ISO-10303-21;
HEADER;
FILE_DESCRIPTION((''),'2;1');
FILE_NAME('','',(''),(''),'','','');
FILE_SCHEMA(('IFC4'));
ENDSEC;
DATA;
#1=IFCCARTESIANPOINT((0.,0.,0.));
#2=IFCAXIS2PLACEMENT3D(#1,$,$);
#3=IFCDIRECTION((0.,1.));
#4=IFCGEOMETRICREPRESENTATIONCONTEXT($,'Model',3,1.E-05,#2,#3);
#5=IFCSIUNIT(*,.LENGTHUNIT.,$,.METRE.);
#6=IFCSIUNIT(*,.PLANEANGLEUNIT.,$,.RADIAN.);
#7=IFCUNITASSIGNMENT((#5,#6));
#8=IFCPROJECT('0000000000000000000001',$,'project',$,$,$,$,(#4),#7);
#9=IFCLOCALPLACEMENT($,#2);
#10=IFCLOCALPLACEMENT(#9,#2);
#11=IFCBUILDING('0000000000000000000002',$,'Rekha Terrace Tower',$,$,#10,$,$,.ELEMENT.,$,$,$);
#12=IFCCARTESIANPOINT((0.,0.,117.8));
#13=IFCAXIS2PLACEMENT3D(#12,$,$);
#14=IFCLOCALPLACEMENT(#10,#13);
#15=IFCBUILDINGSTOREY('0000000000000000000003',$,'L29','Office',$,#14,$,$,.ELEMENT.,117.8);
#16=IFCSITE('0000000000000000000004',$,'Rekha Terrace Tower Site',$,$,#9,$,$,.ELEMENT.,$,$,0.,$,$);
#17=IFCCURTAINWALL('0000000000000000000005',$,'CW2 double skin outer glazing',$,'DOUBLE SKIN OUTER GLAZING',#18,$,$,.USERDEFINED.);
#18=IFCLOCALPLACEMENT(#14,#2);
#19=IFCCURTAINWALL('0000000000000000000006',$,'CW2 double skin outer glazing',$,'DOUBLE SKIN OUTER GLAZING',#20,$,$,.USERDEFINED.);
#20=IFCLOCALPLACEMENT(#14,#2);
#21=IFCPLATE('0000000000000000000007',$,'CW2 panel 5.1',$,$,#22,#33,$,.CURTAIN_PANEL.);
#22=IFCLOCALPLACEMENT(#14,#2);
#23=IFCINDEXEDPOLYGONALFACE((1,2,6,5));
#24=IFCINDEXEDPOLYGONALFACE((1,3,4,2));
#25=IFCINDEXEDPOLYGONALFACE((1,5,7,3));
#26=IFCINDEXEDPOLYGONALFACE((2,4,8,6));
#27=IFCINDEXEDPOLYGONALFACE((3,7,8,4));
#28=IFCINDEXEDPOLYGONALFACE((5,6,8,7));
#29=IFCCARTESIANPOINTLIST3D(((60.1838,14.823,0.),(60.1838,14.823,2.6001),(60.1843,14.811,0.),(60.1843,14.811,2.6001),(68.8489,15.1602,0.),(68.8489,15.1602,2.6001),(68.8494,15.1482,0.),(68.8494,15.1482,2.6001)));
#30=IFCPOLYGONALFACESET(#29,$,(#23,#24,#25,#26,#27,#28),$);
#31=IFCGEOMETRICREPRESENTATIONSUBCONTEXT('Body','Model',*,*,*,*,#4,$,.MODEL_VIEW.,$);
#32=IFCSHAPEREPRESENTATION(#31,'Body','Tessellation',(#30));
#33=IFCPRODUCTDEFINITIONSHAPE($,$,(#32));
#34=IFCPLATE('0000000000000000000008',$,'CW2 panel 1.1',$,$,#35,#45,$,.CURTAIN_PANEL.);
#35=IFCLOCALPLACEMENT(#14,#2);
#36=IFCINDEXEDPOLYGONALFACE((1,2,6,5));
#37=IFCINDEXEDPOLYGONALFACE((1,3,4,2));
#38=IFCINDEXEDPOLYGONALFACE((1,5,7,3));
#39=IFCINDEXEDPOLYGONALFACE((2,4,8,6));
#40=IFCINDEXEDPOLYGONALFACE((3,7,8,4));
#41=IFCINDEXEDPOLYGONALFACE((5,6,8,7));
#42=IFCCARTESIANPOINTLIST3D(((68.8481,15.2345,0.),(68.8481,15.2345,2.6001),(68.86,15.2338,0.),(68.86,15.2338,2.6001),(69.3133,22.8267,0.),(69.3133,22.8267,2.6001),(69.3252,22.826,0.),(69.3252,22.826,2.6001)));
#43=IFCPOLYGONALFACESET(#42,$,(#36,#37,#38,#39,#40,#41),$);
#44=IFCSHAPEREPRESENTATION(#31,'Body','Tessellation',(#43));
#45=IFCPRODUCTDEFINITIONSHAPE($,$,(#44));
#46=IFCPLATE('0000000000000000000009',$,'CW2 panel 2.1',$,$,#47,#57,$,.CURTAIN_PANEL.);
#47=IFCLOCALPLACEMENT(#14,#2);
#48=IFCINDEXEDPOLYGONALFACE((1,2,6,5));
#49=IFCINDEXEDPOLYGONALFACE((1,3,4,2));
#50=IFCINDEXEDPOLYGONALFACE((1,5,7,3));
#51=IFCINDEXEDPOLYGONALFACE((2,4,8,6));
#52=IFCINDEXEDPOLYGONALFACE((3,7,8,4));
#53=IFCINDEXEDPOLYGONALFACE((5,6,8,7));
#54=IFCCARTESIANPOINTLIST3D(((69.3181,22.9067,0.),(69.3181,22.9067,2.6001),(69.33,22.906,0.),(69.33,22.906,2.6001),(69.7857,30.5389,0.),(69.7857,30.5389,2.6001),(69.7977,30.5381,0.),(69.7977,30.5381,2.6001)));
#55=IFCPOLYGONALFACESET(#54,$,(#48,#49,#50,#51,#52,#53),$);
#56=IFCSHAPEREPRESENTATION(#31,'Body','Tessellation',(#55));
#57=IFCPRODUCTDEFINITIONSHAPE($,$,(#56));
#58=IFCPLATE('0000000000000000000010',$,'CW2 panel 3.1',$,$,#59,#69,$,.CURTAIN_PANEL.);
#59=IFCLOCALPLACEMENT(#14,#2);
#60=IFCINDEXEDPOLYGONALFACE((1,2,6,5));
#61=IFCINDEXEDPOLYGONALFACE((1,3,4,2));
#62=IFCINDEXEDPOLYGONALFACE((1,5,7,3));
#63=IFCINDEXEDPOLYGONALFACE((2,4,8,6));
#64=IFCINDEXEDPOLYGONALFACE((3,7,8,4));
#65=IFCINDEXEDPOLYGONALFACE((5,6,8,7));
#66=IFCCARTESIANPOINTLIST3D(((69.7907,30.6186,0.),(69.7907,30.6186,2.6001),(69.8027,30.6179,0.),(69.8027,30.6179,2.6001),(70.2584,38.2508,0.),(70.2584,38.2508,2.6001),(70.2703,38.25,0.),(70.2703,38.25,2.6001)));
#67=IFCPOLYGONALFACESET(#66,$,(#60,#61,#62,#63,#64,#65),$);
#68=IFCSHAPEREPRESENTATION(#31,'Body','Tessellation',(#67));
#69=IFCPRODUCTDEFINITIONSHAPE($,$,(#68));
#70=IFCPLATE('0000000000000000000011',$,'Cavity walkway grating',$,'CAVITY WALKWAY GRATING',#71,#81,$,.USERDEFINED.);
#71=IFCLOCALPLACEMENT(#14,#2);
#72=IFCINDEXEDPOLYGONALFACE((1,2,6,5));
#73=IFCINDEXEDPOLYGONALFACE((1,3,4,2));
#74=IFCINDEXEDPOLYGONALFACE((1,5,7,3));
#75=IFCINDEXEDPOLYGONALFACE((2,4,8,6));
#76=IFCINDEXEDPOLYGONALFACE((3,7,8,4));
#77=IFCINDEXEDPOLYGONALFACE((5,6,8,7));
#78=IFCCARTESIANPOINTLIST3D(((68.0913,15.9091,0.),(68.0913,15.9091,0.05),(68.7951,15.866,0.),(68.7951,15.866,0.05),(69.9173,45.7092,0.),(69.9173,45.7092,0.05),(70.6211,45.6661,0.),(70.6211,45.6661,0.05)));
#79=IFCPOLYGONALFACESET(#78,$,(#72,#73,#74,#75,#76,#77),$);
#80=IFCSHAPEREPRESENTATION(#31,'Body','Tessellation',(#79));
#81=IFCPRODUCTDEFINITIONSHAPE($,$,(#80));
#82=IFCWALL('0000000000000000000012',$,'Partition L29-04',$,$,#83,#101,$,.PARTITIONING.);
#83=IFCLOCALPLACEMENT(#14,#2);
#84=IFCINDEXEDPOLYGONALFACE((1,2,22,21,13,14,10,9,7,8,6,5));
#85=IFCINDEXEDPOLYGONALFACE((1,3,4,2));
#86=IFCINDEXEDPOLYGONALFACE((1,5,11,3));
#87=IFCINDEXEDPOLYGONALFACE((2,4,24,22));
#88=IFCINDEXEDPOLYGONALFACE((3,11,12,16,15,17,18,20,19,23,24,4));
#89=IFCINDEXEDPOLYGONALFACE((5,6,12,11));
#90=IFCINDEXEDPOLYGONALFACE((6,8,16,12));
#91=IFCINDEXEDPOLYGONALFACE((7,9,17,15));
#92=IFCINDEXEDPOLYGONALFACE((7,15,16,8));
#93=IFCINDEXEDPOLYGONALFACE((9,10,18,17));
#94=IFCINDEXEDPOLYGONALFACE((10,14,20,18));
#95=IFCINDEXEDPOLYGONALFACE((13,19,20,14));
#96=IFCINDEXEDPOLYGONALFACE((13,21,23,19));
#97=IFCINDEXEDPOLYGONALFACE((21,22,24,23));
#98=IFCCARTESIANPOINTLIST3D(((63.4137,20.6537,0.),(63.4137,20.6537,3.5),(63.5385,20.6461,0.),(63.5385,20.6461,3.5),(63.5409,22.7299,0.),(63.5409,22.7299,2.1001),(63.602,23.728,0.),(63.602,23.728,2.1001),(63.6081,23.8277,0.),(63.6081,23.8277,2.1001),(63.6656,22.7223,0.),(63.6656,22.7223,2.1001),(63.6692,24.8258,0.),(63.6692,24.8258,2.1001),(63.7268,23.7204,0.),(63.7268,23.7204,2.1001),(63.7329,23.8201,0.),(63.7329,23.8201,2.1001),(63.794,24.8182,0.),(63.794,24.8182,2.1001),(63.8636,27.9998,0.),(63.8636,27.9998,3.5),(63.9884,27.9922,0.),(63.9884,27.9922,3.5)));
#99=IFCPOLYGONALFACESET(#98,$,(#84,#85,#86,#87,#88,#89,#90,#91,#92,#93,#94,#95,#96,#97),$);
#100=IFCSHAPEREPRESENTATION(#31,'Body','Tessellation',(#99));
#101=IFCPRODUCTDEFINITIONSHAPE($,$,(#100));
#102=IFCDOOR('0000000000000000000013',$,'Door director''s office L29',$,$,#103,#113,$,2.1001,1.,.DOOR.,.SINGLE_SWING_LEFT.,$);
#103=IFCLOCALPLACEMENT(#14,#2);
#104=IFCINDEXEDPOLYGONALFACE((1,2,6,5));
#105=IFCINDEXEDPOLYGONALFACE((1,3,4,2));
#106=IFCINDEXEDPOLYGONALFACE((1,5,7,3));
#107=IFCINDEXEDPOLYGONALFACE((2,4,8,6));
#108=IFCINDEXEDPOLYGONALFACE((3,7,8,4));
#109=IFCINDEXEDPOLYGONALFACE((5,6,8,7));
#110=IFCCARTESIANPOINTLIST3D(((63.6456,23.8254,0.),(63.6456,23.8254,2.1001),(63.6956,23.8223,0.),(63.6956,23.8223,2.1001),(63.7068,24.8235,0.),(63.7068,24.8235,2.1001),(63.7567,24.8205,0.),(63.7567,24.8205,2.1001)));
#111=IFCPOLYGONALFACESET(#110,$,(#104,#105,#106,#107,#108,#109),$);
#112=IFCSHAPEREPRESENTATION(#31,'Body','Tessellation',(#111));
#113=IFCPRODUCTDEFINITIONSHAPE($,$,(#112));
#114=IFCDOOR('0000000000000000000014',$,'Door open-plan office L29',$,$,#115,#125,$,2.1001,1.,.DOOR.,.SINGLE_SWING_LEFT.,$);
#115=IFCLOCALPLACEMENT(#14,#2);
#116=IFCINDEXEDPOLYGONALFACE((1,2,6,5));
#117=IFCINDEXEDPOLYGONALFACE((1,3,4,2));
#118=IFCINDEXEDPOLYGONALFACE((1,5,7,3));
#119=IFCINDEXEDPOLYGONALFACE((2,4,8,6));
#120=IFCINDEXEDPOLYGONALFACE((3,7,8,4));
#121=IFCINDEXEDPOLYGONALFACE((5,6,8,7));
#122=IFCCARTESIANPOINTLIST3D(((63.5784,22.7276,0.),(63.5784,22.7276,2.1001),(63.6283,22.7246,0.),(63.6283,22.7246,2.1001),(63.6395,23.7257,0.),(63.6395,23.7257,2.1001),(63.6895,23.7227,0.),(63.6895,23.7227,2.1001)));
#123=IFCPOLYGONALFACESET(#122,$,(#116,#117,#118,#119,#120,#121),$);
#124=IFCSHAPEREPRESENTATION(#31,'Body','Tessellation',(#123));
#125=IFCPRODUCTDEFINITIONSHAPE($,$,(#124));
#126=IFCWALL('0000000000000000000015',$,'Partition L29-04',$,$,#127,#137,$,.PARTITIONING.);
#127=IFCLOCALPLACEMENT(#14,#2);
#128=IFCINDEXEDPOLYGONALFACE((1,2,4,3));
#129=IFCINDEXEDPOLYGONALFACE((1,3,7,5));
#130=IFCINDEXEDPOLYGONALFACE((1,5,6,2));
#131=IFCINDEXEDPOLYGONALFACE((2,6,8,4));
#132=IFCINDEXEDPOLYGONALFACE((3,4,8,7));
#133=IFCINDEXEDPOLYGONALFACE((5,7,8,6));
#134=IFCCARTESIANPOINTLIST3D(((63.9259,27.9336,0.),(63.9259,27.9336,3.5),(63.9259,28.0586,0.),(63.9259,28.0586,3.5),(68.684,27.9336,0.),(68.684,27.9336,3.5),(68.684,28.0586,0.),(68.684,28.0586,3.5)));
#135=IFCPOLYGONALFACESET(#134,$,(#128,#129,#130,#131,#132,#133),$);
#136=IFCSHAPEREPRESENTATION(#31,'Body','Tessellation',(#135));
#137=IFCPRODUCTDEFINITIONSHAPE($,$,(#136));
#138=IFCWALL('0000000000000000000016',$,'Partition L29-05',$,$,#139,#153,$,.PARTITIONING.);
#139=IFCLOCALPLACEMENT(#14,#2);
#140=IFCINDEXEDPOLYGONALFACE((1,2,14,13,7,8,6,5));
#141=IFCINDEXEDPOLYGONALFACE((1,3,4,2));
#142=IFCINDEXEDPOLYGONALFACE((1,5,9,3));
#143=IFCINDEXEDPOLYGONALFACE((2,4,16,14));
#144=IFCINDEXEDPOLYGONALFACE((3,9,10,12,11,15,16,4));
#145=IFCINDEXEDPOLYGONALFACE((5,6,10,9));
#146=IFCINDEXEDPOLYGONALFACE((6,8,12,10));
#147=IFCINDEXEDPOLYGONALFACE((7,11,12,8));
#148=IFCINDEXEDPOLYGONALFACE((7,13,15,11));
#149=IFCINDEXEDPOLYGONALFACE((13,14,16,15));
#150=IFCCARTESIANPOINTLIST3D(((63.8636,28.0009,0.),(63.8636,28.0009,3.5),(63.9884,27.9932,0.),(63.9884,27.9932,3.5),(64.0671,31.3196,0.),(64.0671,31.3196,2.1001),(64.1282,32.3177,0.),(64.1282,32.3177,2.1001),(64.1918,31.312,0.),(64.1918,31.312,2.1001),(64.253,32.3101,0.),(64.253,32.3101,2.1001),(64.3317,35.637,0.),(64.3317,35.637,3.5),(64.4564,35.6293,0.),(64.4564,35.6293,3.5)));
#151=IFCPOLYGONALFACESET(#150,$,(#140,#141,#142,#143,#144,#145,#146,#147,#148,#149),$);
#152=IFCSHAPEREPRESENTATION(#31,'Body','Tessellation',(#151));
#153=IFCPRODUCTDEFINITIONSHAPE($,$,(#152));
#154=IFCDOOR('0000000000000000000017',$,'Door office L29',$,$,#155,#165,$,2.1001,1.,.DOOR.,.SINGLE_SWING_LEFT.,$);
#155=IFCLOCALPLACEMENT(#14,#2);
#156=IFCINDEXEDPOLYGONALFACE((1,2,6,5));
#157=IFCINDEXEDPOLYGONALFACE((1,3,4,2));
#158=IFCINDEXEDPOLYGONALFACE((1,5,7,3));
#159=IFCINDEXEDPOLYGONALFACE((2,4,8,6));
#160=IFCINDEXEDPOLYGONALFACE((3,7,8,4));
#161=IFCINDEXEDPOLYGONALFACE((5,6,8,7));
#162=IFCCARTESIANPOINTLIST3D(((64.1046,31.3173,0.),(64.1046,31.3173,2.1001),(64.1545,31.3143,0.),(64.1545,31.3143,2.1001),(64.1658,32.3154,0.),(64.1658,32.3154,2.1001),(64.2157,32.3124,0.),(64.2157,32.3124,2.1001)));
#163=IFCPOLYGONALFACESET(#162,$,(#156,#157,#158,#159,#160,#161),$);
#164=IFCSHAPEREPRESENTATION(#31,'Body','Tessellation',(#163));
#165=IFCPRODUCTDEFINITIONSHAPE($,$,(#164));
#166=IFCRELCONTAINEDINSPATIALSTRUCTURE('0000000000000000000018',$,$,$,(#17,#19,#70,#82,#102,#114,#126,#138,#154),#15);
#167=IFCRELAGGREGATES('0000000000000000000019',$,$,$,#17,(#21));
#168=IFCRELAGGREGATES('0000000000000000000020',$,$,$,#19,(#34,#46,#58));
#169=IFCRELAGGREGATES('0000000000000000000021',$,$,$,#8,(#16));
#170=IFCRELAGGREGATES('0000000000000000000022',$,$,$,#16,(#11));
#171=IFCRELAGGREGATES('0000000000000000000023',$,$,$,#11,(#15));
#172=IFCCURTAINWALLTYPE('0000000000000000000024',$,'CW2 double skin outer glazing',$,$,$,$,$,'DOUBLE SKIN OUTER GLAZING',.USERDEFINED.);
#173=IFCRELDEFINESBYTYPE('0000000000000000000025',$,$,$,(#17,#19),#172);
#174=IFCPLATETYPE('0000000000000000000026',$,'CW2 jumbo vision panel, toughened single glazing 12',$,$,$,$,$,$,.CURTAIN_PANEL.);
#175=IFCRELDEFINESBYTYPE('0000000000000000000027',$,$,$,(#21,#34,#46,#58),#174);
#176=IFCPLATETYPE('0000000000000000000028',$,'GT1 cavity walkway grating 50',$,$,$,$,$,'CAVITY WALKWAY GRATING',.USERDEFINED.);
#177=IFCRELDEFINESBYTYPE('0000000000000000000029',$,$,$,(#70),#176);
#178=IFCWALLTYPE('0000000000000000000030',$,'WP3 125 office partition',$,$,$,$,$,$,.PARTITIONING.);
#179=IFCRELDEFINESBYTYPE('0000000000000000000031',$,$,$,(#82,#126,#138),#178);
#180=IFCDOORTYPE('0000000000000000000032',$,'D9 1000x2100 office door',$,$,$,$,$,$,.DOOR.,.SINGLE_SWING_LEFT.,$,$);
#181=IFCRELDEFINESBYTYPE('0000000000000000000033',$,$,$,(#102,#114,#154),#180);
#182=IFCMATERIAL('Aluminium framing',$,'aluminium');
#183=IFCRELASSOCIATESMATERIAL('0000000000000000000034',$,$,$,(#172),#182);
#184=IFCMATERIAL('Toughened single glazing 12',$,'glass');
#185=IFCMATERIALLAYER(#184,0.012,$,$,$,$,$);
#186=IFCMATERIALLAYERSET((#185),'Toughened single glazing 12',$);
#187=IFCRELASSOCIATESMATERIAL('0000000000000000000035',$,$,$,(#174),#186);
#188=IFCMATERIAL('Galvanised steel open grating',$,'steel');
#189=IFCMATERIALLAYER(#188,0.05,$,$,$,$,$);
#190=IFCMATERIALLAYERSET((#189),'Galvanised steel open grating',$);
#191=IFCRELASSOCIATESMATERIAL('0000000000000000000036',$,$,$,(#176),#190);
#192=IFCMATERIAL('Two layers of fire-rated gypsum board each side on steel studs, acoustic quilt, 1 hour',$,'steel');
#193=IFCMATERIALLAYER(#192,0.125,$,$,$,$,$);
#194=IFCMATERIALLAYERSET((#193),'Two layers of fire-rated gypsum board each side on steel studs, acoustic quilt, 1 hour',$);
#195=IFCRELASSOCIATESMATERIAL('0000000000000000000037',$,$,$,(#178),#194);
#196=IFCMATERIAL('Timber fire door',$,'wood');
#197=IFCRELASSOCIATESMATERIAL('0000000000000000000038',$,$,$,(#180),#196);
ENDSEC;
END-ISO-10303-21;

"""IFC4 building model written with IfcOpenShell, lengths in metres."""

from ifc_helpers import new_model, si_unit, direction, frame, frame_2d, origin, origin_2d, place, context, subcontext, project, spatial, rectangle, extrude, material, layer, layer_set, type_object, element, fill, aggregate, save


model = new_model("IFC4")

# Units and contexts
model_context = context("Model", 3, precision=1e-05, world=origin(), true_north=direction((0.0, 1.0)))
body_context = subcontext(model_context, "Body", "Model", "MODEL_VIEW")
ifc_project = project(units=[si_unit("LENGTHUNIT", "METRE"), si_unit("PLANEANGLEUNIT", "RADIAN")], contexts=[model_context])

# Site, building, storey
site_placement = place(None, origin())
site = spatial("IfcSite", under=ifc_project, at=site_placement, Name="Rekha Terrace Tower Site", CompositionType="ELEMENT", RefElevation=0.0)
building_placement = place(site_placement, origin())
building = spatial("IfcBuilding", under=site, at=building_placement, Name="Rekha Terrace Tower", CompositionType="ELEMENT")
storey_placement = place(building_placement, frame((0.0, 0.0, 117.8)))
storey = spatial("IfcBuildingStorey", under=building, at=storey_placement, Name="L29", Description="Office", CompositionType="ELEMENT", Elevation=117.8)

# Curtain wall
ifc_material_1 = material(Name="Aluminium framing", Category="aluminium")
curtain_wall_type_1 = type_object("IfcCurtainWallType", Name="CW2 double skin outer glazing", ElementType="DOUBLE SKIN OUTER GLAZING", PredefinedType="USERDEFINED", material=ifc_material_1)
curtain_wall_1_placement = place(storey_placement, origin())
curtain_wall_1 = element("IfcCurtainWall", 1, at=curtain_wall_1_placement, inside=storey, type_object=curtain_wall_type_1, Name="CW2 double skin outer glazing", ObjectType="DOUBLE SKIN OUTER GLAZING", PredefinedType="USERDEFINED")

# Curtain wall
curtain_wall_2_placement = place(storey_placement, origin())
curtain_wall_2 = element("IfcCurtainWall", 2, at=curtain_wall_2_placement, inside=storey, type_object=curtain_wall_type_1, Name="CW2 double skin outer glazing", ObjectType="DOUBLE SKIN OUTER GLAZING", PredefinedType="USERDEFINED")

# Plates
ifc_material_2 = material(Name="Toughened single glazing 12", Category="glass")
ifc_layer_1 = layer(ifc_material_2, 0.012)
ifc_layer_set_1 = layer_set([ifc_layer_1], Name="Toughened single glazing 12")
plate_type_1 = type_object("IfcPlateType", Name="CW2 jumbo vision panel, toughened single glazing 12", PredefinedType="CURTAIN_PANEL", material=ifc_layer_set_1)
plate_1_placement = place(storey_placement, frame((64.5166, 14.9856, 0.0), z_axis=(0.0, 0.0, 1.0), x_axis=(0.999243, 0.03889, 0.0)))
plate_1 = element("IfcPlate", 3, at=plate_1_placement, type_object=plate_type_1, Name="CW2 panel 5.1", PredefinedType="CURTAIN_PANEL", context=body_context, shape_type="SweptSolid", body=[
    extrude(rectangle(XDim=8.6716, YDim=0.012, at=origin_2d()), origin(), (0.0, 0.0, 1.0), 2.6001),
])
aggregate(curtain_wall_1, [plate_1])
plate_2_placement = place(storey_placement, frame((69.0867, 19.0303, 0.0), z_axis=(0.0, 0.0, 1.0), x_axis=(0.06116, 0.998128, 0.0)))
plate_2 = element("IfcPlate", 4, at=plate_2_placement, type_object=plate_type_1, Name="CW2 panel 1.1", PredefinedType="CURTAIN_PANEL", context=body_context, shape_type="SweptSolid", body=[
    extrude(rectangle(XDim=7.6064, YDim=0.012, at=origin_2d()), origin(), (0.0, 0.0, 1.0), 2.6001),
])
plate_3_placement = place(storey_placement, frame((69.5579, 26.7224, 0.0), z_axis=(0.0, 0.0, 1.0), x_axis=(0.06116, 0.998128, 0.0)))
plate_3 = element("IfcPlate", 5, at=plate_3_placement, type_object=plate_type_1, Name="CW2 panel 2.1", PredefinedType="CURTAIN_PANEL", context=body_context, shape_type="SweptSolid", body=[
    extrude(rectangle(XDim=7.6465, YDim=0.012, at=origin_2d()), origin(), (0.0, 0.0, 1.0), 2.6001),
])
plate_4_placement = place(storey_placement, frame((70.0305, 34.4343, 0.0), z_axis=(0.0, 0.0, 1.0), x_axis=(0.06116, 0.998128, 0.0)))
plate_4 = element("IfcPlate", 6, at=plate_4_placement, type_object=plate_type_1, Name="CW2 panel 3.1", PredefinedType="CURTAIN_PANEL", context=body_context, shape_type="SweptSolid", body=[
    extrude(rectangle(XDim=7.6465, YDim=0.012, at=origin_2d()), origin(), (0.0, 0.0, 1.0), 2.6001),
])
aggregate(curtain_wall_2, [plate_2, plate_3, plate_4])
ifc_material_3 = material(Name="Galvanised steel open grating", Category="steel")
ifc_layer_2 = layer(ifc_material_3, 0.05)
ifc_layer_set_2 = layer_set([ifc_layer_2], Name="Galvanised steel open grating")
plate_type_2 = type_object("IfcPlateType", Name="GT1 cavity walkway grating 50", ElementType="CAVITY WALKWAY GRATING", PredefinedType="USERDEFINED", material=ifc_layer_set_2)
plate_5_placement = place(storey_placement, frame((69.3562, 30.7876, 0.0), z_axis=(0.0, 0.0, 1.0), x_axis=(0.06116, 0.998128, 0.0)))
element("IfcPlate", 7, at=plate_5_placement, inside=storey, type_object=plate_type_2, Name="Cavity walkway grating", ObjectType="CAVITY WALKWAY GRATING", PredefinedType="USERDEFINED", context=body_context, shape_type="SweptSolid", body=[
    extrude(rectangle(XDim=29.856, YDim=0.7051, at=origin_2d()), origin(), (0.0, 0.0, 1.0), 0.05),
])

# Wall, openings, doors
ifc_material_4 = material(Name="Two layers of fire-rated gypsum board each side on steel studs, acoustic quilt, 1 hour", Category="steel")
ifc_layer_3 = layer(ifc_material_4, 0.125)
ifc_layer_set_3 = layer_set([ifc_layer_3], Name="Two layers of fire-rated gypsum board each side on steel studs, acoustic quilt, 1 hour")
wall_type = type_object("IfcWallType", Name="WP3 125 office partition", PredefinedType="PARTITIONING", material=ifc_layer_set_3)
wall_1_placement = place(storey_placement, frame((63.4761, 20.6499, 0.0), z_axis=(0.0, 0.0, 1.0), x_axis=(0.061135, 0.99813, 0.0)))
wall_1 = element("IfcWall", 8, at=wall_1_placement, inside=storey, type_object=wall_type, Name="Partition L29-04", PredefinedType="PARTITIONING", context=body_context, shape_type="SweptSolid", body=[
    extrude(rectangle(XDim=7.3599, YDim=0.125, at=frame_2d((3.6799, 0.0))), origin(), (0.0, 0.0, 1.0), 3.5),
])
opening_1_placement = place(wall_1_placement, frame((3.1799, 0.0, 0.0)))
opening_1 = element("IfcOpeningElement", 9, at=opening_1_placement, cuts=wall_1, PredefinedType="OPENING", context=body_context, shape_type="SweptSolid", body=[
    extrude(rectangle(XDim=1.0, YDim=2.1001, at=frame_2d((0.5, 1.05))), frame((0.0, 0.0725, 0.0), z_axis=(0.0, -1.0, 0.0), x_axis=(1.0, 0.0, 0.0)), (0.0, 0.0, 1.0), 0.145),
])
opening_2_placement = place(wall_1_placement, frame((2.0801, 0.0, 0.0)))
opening_2 = element("IfcOpeningElement", 10, at=opening_2_placement, cuts=wall_1, PredefinedType="OPENING", context=body_context, shape_type="SweptSolid", body=[
    extrude(rectangle(XDim=1.0, YDim=2.1001, at=frame_2d((0.5, 1.05))), frame((0.0, 0.0725, 0.0), z_axis=(0.0, -1.0, 0.0), x_axis=(1.0, 0.0, 0.0)), (0.0, 0.0, 1.0), 0.145),
])
ifc_material_5 = material(Name="Timber fire door", Category="wood")
door_type = type_object("IfcDoorType", Name="D9 1000x2100 office door", OperationType="SINGLE_SWING_LEFT", PredefinedType="DOOR", material=ifc_material_5)
door_1_placement = place(opening_1_placement, origin())
door_1 = element("IfcDoor", 11, at=door_1_placement, inside=storey, type_object=door_type, Name="Door director's office L29", OperationType="SINGLE_SWING_LEFT", OverallHeight=2.1001, OverallWidth=1.0, PredefinedType="DOOR", context=body_context, shape_type="SweptSolid", body=[
    extrude(rectangle(XDim=1.0, YDim=2.1001, at=frame_2d((0.5, 1.05))), frame((0.0, 0.0249, 0.0), z_axis=(0.0, -1.0, 0.0), x_axis=(1.0, 0.0, 0.0)), (0.0, 0.0, 1.0), 0.05),
])
fill(opening_1, door_1)
door_2_placement = place(opening_2_placement, origin())
door_2 = element("IfcDoor", 12, at=door_2_placement, inside=storey, type_object=door_type, Name="Door open-plan office L29", OperationType="SINGLE_SWING_LEFT", OverallHeight=2.1001, OverallWidth=1.0, PredefinedType="DOOR", context=body_context, shape_type="SweptSolid", body=[
    extrude(rectangle(XDim=1.0, YDim=2.1001, at=frame_2d((0.5, 1.05))), frame((0.0, 0.0249, 0.0), z_axis=(0.0, -1.0, 0.0), x_axis=(1.0, 0.0, 0.0)), (0.0, 0.0, 1.0), 0.05),
])
fill(opening_2, door_2)

# Wall
wall_2_placement = place(storey_placement, frame((63.926, 27.9961, 0.0), z_axis=(0.0, 0.0, 1.0), x_axis=(1.0, 0.0, 0.0)))
element("IfcWall", 13, at=wall_2_placement, inside=storey, type_object=wall_type, Name="Partition L29-04", PredefinedType="PARTITIONING", context=body_context, shape_type="SweptSolid", body=[
    extrude(rectangle(XDim=4.7581, YDim=0.125, at=frame_2d((2.3789, 0.0))), origin(), (0.0, 0.0, 1.0), 3.5),
])

# Wall, opening, door
wall_3_placement = place(storey_placement, frame((63.926, 27.9971, 0.0), z_axis=(0.0, 0.0, 1.0), x_axis=(0.061176, 0.998127, 0.0)))
wall_3 = element("IfcWall", 14, at=wall_3_placement, inside=storey, type_object=wall_type, Name="Partition L29-05", PredefinedType="PARTITIONING", context=body_context, shape_type="SweptSolid", body=[
    extrude(rectangle(XDim=7.6504, YDim=0.125, at=frame_2d((3.8252, 0.0))), origin(), (0.0, 0.0, 1.0), 3.5),
])
opening_3_placement = place(wall_3_placement, frame((3.325, 0.0, 0.0)))
opening_3 = element("IfcOpeningElement", 15, at=opening_3_placement, cuts=wall_3, PredefinedType="OPENING", context=body_context, shape_type="SweptSolid", body=[
    extrude(rectangle(XDim=1.0, YDim=2.1001, at=frame_2d((0.5, 1.05))), frame((0.0, 0.0725, 0.0), z_axis=(0.0, -1.0, 0.0), x_axis=(1.0, 0.0, 0.0)), (0.0, 0.0, 1.0), 0.145),
])
door_3_placement = place(opening_3_placement, origin())
door_3 = element("IfcDoor", 16, at=door_3_placement, inside=storey, type_object=door_type, Name="Door office L29", OperationType="SINGLE_SWING_LEFT", OverallHeight=2.1001, OverallWidth=1.0, PredefinedType="DOOR", context=body_context, shape_type="SweptSolid", body=[
    extrude(rectangle(XDim=1.0, YDim=2.1001, at=frame_2d((0.5, 1.05))), frame((0.0, 0.0249, 0.0), z_axis=(0.0, -1.0, 0.0), x_axis=(1.0, 0.0, 0.0)), (0.0, 0.0, 1.0), 0.05),
])
fill(opening_3, door_3)

save(model, "model.ifc")
